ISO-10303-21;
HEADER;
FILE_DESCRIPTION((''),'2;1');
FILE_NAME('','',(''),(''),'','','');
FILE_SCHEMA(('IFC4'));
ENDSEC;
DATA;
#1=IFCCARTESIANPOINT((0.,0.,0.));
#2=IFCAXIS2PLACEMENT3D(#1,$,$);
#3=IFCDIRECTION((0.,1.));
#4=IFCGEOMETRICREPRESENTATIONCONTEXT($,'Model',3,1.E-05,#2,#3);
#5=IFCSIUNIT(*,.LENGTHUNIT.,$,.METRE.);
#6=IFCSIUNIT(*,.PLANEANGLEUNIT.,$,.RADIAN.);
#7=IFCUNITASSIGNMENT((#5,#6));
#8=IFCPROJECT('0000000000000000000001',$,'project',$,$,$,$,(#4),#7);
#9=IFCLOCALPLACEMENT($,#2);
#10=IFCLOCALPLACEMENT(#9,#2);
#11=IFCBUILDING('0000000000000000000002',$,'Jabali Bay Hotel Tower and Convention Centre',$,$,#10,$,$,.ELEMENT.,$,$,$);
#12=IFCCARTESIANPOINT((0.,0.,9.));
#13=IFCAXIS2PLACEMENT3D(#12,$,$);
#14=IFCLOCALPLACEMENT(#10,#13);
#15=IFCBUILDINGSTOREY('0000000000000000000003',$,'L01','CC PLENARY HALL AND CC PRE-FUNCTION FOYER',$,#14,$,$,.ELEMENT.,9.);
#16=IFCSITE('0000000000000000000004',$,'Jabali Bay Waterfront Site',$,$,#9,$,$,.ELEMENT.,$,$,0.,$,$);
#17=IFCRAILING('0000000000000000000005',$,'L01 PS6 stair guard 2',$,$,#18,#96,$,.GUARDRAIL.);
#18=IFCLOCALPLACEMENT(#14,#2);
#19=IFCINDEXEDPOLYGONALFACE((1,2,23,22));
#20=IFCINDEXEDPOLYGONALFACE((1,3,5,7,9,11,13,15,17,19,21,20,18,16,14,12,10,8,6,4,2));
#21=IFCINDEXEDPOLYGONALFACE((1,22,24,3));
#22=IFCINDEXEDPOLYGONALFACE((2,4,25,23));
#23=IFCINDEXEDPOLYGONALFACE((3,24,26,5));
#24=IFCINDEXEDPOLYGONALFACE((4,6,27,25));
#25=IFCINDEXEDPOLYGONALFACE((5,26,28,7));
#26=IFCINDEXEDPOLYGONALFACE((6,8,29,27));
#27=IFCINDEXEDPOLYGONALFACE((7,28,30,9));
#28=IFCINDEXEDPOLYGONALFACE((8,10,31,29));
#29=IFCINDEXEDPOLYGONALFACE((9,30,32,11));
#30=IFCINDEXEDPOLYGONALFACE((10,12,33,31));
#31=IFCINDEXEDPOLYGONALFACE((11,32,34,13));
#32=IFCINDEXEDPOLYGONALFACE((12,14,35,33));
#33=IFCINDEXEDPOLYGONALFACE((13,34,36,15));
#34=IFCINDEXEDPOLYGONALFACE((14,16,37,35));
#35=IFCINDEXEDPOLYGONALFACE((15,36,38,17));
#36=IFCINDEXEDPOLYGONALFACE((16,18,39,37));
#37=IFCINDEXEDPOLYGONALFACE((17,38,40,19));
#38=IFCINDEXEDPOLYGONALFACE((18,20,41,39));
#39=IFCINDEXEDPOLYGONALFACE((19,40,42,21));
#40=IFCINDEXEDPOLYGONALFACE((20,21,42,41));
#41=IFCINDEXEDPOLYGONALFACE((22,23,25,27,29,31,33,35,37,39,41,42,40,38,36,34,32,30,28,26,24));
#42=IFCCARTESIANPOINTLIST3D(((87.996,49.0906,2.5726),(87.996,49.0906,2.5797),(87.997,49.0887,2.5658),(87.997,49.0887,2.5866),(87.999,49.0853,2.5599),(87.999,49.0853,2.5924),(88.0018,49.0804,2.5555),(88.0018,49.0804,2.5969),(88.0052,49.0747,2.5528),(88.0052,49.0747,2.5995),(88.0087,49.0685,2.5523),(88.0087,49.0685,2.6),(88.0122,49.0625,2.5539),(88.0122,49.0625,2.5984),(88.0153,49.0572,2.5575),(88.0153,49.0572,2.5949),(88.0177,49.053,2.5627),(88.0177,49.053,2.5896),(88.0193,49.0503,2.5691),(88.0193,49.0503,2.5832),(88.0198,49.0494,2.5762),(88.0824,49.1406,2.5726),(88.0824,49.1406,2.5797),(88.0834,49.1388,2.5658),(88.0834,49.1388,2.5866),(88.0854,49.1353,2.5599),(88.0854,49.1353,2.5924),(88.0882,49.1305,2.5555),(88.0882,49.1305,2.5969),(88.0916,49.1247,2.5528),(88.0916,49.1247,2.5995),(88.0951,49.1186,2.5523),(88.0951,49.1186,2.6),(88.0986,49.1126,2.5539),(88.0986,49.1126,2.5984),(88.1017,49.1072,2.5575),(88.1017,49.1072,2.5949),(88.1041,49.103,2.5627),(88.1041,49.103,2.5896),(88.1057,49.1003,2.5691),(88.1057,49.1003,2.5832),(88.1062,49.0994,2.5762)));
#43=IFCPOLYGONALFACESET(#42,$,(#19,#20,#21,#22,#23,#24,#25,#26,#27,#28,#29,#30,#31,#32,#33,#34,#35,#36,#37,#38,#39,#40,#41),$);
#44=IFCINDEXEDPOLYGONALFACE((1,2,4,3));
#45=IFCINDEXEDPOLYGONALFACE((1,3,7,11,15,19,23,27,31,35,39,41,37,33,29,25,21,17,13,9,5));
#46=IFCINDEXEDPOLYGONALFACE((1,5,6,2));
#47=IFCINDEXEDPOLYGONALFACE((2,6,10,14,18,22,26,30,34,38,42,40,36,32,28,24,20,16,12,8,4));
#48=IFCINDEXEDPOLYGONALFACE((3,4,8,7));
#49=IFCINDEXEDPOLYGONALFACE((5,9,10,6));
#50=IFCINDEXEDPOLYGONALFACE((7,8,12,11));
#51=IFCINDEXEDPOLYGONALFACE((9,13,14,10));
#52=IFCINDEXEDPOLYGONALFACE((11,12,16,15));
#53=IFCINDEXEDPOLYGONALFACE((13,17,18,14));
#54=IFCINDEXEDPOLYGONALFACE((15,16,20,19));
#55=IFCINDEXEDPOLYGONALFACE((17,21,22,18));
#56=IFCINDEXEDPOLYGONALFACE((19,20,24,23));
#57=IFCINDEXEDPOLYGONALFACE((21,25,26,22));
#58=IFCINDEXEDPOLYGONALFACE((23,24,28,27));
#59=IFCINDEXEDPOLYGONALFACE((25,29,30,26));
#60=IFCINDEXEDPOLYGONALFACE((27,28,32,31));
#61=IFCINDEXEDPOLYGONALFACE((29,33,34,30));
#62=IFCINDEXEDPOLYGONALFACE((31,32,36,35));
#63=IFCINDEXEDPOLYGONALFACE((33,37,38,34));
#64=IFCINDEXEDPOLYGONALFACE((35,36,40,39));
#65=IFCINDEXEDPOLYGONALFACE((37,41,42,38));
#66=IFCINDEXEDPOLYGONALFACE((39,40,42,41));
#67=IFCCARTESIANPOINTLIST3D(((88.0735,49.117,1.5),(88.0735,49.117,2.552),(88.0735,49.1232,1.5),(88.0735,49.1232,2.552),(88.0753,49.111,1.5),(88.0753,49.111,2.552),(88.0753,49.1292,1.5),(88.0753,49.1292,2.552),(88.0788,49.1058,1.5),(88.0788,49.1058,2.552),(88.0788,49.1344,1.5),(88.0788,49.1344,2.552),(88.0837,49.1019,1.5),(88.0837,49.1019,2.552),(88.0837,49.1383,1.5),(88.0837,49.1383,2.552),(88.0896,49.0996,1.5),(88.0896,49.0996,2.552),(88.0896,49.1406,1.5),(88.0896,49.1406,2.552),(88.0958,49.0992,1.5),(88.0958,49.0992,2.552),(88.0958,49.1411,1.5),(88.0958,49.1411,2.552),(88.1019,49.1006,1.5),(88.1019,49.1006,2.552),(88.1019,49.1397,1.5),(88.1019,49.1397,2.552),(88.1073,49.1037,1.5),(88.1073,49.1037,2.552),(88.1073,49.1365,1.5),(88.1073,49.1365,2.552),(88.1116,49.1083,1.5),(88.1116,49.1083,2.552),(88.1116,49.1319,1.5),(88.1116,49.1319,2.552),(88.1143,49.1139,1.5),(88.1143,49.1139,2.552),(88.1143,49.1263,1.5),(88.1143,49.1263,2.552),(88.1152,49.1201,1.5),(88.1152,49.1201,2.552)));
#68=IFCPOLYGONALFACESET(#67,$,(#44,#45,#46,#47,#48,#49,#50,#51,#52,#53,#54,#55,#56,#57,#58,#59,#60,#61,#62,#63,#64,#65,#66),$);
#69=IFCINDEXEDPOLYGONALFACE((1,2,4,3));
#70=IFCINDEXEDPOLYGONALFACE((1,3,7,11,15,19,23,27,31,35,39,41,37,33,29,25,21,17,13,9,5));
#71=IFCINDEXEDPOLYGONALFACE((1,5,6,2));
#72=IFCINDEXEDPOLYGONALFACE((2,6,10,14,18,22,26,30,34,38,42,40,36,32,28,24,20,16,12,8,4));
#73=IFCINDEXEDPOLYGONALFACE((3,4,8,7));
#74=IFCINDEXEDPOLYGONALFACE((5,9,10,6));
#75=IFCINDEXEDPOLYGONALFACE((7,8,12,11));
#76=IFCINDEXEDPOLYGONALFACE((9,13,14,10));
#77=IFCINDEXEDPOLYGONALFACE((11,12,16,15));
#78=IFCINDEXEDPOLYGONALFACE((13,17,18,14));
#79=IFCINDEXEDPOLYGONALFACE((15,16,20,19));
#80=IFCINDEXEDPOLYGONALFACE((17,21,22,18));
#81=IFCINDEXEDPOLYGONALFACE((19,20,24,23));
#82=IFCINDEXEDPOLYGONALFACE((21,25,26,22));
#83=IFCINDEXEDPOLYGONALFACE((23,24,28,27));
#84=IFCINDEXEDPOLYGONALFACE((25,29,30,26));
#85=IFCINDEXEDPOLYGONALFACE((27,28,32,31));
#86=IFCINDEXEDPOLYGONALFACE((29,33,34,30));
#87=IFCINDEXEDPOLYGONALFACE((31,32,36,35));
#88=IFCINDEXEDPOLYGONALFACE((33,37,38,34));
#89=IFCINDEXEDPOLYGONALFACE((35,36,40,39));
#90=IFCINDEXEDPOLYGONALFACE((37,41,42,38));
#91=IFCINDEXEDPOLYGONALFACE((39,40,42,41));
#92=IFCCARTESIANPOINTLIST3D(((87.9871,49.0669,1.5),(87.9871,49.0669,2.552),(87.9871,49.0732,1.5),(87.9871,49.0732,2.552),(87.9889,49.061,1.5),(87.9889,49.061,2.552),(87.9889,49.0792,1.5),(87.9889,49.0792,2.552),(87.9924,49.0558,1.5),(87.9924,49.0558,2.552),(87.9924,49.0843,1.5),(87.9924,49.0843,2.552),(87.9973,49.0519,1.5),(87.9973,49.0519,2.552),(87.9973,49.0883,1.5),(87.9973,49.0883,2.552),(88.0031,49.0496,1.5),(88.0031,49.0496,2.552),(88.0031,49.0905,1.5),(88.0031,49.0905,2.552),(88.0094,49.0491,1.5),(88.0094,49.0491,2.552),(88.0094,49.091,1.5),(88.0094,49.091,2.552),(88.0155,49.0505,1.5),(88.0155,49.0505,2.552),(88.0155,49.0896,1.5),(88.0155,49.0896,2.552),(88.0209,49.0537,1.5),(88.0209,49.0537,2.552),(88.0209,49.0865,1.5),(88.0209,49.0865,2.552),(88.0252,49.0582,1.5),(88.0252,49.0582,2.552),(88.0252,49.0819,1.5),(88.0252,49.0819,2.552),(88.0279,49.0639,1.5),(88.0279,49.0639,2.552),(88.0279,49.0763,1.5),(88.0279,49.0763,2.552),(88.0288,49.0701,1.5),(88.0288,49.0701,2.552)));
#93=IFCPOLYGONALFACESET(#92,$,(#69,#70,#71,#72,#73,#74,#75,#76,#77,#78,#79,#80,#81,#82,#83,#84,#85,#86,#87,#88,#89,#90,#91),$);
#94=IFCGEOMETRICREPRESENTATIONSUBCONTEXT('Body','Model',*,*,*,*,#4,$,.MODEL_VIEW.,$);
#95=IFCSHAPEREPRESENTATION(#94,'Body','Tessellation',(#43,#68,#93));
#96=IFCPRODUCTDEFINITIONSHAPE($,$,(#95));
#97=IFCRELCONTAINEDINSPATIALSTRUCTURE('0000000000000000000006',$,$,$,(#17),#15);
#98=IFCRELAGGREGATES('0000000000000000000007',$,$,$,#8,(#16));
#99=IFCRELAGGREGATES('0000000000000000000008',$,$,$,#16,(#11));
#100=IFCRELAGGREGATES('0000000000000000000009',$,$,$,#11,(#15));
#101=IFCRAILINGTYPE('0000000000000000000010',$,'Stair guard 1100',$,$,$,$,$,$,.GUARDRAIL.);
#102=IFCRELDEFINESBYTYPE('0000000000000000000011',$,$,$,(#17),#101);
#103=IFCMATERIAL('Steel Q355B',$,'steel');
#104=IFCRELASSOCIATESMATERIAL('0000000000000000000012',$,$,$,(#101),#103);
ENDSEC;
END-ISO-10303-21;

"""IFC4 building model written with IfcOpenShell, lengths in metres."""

from ifc_helpers import new_model, si_unit, direction, frame, origin, origin_2d, place, context, subcontext, project, spatial, circle, extrude, material, type_object, element, save


model = new_model("IFC4")

# Units and contexts
model_context = context("Model", 3, precision=1e-05, world=origin(), true_north=direction((0.0, 1.0)))
body_context = subcontext(model_context, "Body", "Model", "MODEL_VIEW")
ifc_project = project(units=[si_unit("LENGTHUNIT", "METRE"), si_unit("PLANEANGLEUNIT", "RADIAN")], contexts=[model_context])

# Site, building, storey
site_placement = place(None, origin())
site = spatial("IfcSite", under=ifc_project, at=site_placement, Name="Jabali Bay Waterfront Site", CompositionType="ELEMENT", RefElevation=0.0)
building_placement = place(site_placement, origin())
building = spatial("IfcBuilding", under=site, at=building_placement, Name="Jabali Bay Hotel Tower and Convention Centre", CompositionType="ELEMENT")
storey_placement = place(building_placement, frame((0.0, 0.0, 9.0)))
storey = spatial("IfcBuildingStorey", under=building, at=storey_placement, Name="L01", Description="CC PLENARY HALL AND CC PRE-FUNCTION FOYER", CompositionType="ELEMENT", Elevation=9.0)

# Railing
ifc_material_1 = material(Name="Steel Q355B", Category="steel")
railing_type_1 = type_object("IfcRailingType", Name="Stair guard 1100", PredefinedType="GUARDRAIL", material=ifc_material_1)
railing_1_placement = place(storey_placement, frame((88.0942, 49.1201, 1.5)))
element("IfcRailing", 1, at=railing_1_placement, inside=storey, type_object=railing_type_1, Name="L01 PS6 stair guard 2", PredefinedType="GUARDRAIL", context=body_context, shape_type="SweptSolid", body=[
    extrude(circle(Radius=0.0239, at=origin_2d()), frame((0.0, 0.0, 1.0762), z_axis=(-0.86537, -0.501133, 0.0), x_axis=(0.501133, -0.86537, 0.0)), (0.0, 0.0, 1.0), 0.0999),
    extrude(circle(Radius=0.021, at=origin_2d()), origin(), (0.0, 0.0, 1.0), 1.052),
    extrude(circle(Radius=0.021, at=origin_2d()), frame((-0.0864, -0.05, 0.0)), (0.0, 0.0, 1.0), 1.052),
])

save(model, "model.ifc")
